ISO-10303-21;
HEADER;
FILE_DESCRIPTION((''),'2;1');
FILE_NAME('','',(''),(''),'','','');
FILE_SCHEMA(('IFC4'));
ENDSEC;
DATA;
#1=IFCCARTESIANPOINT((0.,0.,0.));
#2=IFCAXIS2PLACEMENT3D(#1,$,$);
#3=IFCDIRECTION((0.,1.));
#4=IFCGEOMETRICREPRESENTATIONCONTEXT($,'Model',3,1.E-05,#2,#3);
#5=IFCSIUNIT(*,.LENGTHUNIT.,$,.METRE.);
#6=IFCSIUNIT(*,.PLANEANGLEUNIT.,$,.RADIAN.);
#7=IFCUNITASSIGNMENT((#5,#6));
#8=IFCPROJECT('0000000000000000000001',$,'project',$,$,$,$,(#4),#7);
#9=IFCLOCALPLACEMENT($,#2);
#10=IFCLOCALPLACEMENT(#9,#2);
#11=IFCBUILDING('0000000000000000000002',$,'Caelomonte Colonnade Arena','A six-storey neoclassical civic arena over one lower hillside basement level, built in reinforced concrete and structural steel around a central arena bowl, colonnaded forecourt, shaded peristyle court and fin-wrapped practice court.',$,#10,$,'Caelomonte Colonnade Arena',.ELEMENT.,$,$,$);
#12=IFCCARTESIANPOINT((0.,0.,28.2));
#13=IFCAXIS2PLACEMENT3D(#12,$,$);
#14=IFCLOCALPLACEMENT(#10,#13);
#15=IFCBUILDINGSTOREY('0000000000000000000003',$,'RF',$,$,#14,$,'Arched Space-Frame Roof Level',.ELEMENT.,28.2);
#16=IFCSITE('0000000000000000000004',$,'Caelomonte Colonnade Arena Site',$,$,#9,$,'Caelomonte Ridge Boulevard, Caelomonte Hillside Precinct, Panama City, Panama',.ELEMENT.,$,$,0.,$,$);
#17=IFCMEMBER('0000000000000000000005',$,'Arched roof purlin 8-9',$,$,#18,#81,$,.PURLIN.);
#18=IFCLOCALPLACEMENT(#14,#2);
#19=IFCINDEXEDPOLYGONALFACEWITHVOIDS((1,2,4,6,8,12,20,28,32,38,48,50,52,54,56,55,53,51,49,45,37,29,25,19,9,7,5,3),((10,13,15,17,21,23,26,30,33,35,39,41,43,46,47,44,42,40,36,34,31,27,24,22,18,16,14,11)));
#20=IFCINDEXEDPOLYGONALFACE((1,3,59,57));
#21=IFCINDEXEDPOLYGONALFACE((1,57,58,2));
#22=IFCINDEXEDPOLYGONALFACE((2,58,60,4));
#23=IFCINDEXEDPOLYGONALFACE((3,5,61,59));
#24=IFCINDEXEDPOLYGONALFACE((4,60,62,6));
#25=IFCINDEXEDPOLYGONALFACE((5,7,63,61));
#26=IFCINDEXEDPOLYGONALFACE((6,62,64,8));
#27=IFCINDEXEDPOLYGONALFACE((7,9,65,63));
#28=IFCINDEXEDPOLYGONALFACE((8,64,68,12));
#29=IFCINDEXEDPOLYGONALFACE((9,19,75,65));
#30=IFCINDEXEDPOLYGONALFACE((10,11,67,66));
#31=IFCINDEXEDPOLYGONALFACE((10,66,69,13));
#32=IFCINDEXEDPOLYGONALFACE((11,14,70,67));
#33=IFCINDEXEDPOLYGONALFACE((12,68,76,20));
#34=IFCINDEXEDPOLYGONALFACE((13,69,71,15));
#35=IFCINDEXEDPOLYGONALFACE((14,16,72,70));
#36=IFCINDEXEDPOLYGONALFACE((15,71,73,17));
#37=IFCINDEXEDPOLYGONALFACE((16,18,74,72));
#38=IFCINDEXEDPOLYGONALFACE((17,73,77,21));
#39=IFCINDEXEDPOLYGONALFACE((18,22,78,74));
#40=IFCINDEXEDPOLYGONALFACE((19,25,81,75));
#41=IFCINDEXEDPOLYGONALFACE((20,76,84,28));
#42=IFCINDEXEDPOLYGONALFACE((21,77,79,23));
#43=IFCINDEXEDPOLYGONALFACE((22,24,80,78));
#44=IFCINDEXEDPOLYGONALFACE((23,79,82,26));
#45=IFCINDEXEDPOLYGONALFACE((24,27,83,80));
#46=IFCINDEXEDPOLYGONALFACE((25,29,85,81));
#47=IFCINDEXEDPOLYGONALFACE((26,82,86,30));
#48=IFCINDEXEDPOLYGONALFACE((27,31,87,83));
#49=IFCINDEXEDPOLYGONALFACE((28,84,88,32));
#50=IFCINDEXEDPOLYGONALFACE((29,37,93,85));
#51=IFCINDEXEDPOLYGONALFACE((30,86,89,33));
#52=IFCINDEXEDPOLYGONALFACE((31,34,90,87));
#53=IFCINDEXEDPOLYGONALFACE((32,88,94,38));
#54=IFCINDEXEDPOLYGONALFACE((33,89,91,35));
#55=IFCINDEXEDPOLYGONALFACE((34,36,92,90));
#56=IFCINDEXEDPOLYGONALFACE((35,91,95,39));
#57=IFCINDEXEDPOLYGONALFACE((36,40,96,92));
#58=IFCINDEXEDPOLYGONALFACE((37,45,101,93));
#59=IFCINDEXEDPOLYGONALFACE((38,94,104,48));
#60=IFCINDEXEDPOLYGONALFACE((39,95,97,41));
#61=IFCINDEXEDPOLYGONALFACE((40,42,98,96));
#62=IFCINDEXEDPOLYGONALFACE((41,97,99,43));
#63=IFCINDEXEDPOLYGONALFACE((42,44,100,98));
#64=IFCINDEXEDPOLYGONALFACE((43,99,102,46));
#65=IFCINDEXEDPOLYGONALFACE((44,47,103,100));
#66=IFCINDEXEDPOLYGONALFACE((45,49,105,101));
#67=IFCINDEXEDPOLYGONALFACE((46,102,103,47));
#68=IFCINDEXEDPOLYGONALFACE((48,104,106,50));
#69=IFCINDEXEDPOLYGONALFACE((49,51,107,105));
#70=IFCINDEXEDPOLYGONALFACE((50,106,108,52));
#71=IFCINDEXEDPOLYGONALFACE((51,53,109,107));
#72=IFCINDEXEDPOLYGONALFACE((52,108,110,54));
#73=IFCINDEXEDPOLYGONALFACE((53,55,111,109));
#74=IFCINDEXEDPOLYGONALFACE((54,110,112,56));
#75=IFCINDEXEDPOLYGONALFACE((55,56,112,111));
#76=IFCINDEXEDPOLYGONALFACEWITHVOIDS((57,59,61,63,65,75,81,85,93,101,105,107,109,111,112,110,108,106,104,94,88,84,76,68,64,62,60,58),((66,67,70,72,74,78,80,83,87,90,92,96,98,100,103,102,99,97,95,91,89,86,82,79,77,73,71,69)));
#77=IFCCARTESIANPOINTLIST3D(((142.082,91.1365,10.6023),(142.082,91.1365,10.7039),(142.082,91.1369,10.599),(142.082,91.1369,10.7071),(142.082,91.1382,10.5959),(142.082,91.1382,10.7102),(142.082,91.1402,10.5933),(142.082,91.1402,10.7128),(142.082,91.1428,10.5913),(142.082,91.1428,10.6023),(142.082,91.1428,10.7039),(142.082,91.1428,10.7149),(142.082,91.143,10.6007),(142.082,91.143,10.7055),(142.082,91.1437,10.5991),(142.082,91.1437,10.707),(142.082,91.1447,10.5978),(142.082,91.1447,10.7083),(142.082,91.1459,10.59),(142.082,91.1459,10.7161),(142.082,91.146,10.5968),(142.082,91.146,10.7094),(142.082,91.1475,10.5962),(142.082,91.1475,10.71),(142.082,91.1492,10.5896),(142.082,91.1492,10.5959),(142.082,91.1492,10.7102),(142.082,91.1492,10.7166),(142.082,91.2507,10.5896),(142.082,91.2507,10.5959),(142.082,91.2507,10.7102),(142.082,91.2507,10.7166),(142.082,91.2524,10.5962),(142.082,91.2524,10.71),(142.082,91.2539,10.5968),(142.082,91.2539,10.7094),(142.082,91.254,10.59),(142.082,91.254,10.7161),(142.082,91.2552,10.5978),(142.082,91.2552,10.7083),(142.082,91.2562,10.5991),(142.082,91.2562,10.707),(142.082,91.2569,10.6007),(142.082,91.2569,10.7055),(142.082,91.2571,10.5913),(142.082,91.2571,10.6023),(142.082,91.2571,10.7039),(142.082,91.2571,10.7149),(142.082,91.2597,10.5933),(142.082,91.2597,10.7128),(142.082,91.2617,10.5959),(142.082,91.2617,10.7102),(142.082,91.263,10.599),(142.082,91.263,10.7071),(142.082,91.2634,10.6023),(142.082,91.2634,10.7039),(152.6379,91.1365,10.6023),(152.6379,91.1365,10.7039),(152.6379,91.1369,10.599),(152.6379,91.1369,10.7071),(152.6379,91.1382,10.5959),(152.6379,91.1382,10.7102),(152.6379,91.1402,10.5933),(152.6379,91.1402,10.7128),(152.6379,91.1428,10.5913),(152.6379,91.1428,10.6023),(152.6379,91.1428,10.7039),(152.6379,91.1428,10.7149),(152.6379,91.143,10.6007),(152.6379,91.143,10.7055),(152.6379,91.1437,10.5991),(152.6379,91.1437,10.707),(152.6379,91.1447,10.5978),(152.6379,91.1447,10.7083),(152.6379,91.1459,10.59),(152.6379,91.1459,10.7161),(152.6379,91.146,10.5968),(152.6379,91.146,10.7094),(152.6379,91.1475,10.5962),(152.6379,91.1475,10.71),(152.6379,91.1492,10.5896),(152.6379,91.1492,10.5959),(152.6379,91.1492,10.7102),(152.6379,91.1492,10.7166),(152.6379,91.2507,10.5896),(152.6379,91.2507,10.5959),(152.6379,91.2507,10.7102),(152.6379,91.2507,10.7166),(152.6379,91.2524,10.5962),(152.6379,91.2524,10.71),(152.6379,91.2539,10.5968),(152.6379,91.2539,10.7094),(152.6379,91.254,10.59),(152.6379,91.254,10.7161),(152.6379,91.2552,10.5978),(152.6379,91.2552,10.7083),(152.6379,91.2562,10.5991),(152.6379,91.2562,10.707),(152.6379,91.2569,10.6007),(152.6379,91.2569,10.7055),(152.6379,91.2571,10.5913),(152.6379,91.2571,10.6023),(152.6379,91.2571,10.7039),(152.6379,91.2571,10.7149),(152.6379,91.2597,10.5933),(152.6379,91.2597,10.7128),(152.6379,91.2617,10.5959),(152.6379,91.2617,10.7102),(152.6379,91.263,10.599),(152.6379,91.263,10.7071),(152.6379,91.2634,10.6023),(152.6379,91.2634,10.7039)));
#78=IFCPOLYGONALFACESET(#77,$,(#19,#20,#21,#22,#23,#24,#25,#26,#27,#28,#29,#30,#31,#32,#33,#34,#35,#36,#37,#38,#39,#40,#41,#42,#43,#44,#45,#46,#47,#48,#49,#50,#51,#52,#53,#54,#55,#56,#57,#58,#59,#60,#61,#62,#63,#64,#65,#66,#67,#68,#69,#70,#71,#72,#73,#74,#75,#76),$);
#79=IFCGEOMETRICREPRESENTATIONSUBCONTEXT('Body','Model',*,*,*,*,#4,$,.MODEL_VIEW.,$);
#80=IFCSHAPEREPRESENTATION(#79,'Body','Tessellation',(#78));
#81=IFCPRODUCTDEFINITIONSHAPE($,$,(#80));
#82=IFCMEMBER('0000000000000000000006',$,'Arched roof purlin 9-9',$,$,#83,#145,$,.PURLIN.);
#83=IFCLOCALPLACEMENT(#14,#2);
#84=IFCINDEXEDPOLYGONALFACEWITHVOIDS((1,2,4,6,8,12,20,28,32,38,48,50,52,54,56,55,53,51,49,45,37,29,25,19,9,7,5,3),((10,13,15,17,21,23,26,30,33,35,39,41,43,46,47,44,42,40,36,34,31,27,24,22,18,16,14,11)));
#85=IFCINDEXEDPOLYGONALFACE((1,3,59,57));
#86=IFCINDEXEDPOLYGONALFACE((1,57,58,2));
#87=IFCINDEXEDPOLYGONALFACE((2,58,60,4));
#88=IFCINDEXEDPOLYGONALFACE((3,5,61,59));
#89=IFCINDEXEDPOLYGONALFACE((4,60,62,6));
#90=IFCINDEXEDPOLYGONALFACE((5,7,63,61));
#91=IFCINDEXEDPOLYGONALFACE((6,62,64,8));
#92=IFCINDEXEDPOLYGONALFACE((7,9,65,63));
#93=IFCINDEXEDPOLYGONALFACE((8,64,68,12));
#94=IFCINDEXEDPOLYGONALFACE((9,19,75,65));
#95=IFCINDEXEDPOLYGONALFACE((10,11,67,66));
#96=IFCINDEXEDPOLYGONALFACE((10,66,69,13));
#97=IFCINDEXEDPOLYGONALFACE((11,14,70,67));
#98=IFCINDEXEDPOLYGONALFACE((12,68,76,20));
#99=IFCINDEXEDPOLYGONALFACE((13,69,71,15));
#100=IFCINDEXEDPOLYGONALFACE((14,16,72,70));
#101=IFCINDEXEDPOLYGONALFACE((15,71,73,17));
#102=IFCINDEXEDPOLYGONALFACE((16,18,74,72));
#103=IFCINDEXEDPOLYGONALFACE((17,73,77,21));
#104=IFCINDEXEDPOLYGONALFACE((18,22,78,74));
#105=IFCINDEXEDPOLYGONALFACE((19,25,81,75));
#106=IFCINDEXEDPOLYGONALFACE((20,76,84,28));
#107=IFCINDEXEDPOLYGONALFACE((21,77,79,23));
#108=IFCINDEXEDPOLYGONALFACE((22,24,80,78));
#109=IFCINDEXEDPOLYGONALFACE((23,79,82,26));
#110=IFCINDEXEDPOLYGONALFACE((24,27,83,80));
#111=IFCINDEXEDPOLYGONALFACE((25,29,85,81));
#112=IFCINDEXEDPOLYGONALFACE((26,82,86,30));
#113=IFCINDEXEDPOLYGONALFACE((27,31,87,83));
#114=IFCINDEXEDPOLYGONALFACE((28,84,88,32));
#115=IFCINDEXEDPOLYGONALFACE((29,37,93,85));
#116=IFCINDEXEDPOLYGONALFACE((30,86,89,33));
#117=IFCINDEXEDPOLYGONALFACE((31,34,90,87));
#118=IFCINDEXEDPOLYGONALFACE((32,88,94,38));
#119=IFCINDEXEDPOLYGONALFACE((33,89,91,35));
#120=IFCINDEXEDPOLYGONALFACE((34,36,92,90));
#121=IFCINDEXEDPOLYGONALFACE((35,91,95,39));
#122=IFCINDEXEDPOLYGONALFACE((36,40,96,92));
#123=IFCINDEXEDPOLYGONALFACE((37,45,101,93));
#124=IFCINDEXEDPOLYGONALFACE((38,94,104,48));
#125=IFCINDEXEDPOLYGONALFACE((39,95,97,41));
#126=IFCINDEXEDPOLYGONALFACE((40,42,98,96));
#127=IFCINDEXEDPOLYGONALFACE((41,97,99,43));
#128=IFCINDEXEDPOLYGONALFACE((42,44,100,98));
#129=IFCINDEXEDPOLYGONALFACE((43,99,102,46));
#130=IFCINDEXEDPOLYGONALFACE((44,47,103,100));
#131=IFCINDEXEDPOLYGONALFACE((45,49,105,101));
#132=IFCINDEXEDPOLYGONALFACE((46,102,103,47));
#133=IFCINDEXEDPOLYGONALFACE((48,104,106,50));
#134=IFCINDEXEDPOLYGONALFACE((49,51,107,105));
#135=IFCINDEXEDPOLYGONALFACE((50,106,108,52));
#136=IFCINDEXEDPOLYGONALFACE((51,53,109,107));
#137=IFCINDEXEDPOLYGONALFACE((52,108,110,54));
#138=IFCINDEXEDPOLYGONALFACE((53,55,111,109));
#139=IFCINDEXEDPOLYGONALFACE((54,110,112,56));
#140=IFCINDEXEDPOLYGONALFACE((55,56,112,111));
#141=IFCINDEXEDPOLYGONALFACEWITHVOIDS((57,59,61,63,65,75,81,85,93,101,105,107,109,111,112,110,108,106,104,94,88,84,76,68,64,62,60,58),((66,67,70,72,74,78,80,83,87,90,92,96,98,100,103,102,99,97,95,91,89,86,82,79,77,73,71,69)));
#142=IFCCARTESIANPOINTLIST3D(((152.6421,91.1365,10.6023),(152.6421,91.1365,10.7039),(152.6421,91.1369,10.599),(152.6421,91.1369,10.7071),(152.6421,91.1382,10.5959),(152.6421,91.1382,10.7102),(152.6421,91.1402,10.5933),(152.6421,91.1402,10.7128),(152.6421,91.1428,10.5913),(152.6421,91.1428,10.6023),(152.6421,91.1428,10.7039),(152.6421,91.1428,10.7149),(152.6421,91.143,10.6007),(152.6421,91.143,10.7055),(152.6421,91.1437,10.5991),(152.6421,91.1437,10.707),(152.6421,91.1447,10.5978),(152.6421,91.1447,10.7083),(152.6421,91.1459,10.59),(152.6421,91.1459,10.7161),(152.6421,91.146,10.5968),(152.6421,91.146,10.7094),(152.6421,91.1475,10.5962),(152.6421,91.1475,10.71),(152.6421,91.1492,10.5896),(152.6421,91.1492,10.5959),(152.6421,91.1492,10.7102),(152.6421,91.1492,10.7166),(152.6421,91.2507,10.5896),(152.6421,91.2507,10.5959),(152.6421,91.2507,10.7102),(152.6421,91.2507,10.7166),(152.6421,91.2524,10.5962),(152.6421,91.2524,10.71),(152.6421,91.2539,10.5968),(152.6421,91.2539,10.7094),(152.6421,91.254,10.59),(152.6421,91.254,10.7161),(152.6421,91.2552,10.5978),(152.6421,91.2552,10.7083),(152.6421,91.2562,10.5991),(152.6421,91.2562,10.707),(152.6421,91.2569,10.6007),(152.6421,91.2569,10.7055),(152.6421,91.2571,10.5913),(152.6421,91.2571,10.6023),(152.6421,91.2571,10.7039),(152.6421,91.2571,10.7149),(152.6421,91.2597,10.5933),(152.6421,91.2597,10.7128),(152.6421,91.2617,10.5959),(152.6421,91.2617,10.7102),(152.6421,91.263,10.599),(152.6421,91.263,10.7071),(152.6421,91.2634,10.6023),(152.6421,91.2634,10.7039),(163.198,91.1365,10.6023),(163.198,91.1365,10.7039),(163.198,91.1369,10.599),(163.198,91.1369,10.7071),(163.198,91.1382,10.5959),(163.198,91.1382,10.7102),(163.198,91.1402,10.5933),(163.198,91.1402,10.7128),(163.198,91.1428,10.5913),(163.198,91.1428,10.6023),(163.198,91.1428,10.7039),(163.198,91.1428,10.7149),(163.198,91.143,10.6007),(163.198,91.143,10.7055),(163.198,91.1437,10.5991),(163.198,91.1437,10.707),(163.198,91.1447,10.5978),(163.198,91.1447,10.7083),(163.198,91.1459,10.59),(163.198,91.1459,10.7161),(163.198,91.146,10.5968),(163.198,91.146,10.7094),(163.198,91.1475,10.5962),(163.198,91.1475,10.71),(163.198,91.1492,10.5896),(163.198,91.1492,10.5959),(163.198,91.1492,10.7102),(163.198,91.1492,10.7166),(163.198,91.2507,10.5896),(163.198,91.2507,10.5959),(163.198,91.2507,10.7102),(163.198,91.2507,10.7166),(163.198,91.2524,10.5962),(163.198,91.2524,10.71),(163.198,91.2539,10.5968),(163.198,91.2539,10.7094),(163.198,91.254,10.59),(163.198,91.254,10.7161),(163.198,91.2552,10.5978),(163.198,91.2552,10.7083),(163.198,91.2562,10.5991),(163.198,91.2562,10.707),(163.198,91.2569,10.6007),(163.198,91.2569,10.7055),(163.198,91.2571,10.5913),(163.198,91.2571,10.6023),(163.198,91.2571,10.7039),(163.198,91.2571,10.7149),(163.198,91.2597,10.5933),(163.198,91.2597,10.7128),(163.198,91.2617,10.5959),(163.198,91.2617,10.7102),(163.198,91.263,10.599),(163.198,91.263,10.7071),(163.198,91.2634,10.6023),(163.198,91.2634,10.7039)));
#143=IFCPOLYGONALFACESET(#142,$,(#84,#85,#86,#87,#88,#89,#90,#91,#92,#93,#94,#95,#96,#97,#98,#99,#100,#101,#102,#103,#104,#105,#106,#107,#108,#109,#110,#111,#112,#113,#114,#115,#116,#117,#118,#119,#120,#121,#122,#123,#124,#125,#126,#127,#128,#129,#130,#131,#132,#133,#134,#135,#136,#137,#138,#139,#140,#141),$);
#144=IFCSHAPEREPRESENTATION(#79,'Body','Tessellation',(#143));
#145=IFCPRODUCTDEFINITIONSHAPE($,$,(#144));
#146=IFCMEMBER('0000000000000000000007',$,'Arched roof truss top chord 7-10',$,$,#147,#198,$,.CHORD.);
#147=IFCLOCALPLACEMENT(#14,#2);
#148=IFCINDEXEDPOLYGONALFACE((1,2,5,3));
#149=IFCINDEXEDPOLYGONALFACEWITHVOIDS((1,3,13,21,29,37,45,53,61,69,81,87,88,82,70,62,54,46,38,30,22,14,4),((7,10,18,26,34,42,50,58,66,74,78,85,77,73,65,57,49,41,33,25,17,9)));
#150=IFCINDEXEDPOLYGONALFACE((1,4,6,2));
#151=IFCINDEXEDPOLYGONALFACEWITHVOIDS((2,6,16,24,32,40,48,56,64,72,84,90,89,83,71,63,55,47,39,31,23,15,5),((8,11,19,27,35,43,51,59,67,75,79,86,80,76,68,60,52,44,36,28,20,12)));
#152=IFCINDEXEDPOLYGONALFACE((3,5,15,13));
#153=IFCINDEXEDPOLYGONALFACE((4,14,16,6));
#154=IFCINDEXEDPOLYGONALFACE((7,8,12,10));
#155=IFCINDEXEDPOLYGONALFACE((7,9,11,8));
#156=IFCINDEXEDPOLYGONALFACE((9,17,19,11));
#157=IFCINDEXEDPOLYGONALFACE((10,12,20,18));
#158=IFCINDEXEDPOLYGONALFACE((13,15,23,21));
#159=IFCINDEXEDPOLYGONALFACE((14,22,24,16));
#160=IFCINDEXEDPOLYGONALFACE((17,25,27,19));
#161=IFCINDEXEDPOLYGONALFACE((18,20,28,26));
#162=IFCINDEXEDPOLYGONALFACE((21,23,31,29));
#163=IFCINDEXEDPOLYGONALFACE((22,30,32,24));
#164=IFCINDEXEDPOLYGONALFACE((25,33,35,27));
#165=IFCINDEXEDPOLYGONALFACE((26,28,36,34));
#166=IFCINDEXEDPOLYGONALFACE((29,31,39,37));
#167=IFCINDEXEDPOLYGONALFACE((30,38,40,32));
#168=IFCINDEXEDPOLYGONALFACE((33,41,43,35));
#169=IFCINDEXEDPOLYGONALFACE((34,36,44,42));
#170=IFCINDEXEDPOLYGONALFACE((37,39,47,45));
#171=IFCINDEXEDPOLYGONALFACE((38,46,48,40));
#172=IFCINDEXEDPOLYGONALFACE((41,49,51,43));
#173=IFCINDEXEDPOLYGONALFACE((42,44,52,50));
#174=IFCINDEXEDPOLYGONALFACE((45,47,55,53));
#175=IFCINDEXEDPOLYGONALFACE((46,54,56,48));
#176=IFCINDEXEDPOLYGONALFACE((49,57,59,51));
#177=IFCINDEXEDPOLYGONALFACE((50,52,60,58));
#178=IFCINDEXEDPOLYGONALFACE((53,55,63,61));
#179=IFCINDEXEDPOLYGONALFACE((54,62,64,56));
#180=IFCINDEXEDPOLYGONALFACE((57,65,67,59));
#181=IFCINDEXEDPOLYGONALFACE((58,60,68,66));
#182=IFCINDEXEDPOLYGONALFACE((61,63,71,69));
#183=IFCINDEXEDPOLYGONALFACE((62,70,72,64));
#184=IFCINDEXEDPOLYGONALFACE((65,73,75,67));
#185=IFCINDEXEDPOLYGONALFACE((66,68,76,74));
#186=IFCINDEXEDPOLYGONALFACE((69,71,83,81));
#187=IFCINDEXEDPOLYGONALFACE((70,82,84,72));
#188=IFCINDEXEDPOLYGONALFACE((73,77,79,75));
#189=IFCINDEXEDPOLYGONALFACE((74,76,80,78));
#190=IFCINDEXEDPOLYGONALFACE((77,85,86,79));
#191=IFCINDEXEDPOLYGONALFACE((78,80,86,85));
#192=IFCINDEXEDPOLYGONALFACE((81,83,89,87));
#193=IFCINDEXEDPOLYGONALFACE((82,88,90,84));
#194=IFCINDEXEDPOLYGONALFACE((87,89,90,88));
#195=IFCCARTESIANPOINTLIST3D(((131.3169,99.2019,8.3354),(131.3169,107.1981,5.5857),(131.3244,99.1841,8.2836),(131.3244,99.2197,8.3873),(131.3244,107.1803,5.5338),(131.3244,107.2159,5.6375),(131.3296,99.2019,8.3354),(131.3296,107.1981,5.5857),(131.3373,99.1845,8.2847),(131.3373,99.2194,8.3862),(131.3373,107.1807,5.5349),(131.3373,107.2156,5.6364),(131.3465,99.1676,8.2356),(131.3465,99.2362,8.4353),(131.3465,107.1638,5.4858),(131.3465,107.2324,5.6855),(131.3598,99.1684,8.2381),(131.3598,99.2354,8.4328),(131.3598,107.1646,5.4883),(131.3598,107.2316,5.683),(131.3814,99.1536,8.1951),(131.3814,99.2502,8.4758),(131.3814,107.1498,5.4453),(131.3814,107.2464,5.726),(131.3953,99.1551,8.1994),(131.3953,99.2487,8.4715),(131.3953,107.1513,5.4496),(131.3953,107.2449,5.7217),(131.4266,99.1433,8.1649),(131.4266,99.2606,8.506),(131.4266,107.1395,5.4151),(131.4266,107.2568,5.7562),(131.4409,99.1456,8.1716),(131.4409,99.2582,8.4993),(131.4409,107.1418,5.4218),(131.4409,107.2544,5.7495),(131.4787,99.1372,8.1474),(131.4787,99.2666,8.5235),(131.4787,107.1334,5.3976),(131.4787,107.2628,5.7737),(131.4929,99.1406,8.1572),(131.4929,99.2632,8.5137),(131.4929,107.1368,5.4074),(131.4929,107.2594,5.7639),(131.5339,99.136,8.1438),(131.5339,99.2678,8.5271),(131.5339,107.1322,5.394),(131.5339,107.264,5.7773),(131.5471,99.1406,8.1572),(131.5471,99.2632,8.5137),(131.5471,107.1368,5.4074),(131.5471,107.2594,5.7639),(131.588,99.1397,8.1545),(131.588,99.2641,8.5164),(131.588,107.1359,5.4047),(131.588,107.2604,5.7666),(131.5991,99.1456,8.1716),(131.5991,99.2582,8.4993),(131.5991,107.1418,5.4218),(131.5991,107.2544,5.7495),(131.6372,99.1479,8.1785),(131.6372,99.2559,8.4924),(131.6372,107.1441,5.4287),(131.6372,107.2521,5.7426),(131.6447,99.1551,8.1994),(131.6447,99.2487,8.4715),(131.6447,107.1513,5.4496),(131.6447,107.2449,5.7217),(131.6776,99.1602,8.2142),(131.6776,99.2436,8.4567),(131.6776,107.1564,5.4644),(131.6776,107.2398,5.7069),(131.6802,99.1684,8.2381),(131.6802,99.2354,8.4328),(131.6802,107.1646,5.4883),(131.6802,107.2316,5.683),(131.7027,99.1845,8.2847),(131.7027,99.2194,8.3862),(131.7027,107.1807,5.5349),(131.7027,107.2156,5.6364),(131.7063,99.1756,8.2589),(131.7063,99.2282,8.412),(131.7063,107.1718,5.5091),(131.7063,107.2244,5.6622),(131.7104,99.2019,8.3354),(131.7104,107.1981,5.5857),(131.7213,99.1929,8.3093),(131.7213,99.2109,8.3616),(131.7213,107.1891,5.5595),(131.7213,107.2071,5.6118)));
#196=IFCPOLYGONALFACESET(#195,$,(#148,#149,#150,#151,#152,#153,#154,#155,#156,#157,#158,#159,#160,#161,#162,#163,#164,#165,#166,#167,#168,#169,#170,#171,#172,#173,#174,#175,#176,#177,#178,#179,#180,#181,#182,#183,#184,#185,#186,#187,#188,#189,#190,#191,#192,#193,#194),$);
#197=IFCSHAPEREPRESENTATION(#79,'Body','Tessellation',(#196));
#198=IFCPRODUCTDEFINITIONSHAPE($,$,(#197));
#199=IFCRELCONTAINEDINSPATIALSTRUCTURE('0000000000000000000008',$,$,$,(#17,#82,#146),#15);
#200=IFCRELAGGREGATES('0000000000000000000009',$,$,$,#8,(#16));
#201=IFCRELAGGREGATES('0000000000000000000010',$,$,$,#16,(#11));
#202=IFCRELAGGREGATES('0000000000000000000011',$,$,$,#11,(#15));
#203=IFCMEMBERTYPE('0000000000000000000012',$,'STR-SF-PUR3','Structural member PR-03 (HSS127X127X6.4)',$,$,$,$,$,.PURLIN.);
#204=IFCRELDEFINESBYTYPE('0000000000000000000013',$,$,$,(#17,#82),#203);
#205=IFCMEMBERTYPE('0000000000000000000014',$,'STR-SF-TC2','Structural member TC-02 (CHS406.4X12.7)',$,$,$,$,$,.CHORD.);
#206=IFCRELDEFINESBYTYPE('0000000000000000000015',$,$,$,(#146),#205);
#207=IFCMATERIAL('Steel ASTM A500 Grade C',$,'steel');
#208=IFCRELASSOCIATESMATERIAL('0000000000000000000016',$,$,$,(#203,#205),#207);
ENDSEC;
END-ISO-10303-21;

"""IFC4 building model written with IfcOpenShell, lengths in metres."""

from ifc_helpers import new_model, si_unit, direction, frame, origin, origin_2d, place, context, subcontext, project, spatial, hollow_rectangle, hollow_circle, extrude, material, material_profile, profile_set, type_object, element, save


model = new_model("IFC4")

# Units and contexts
model_context = context("Model", 3, precision=1e-05, world=origin(), true_north=direction((0.0, 1.0)))
body_context = subcontext(model_context, "Body", "Model", "MODEL_VIEW")
ifc_project = project(units=[si_unit("LENGTHUNIT", "METRE"), si_unit("PLANEANGLEUNIT", "RADIAN")], contexts=[model_context])

# Site, building, storey
site_placement = place(None, origin())
site = spatial("IfcSite", under=ifc_project, at=site_placement, Name="Caelomonte Colonnade Arena Site", LongName="Caelomonte Ridge Boulevard, Caelomonte Hillside Precinct, Panama City, Panama", CompositionType="ELEMENT", RefElevation=0.0)
building_placement = place(site_placement, origin())
building = spatial("IfcBuilding", under=site, at=building_placement, Name="Caelomonte Colonnade Arena", Description="A six-storey neoclassical civic arena over one lower hillside basement level, built in reinforced concrete and structural steel around a central arena bowl, colonnaded forecourt, shaded peristyle court and fin-wrapped practice court.", LongName="Caelomonte Colonnade Arena", CompositionType="ELEMENT")
storey_placement = place(building_placement, frame((0.0, 0.0, 28.2)))
storey = spatial("IfcBuildingStorey", under=building, at=storey_placement, Name="RF", LongName="Arched Space-Frame Roof Level", CompositionType="ELEMENT", Elevation=28.2)

# Members
ifc_material_1 = material(Name="Steel ASTM A500 Grade C", Category="steel")
ifc_material_profile_1 = material_profile(ifc_material_1, hollow_rectangle(XDim=0.127, YDim=0.127, WallThickness=0.0063, InnerFilletRadius=0.0063, OuterFilletRadius=0.0127, at=origin_2d()), Name="HSS127X127X6.4")
ifc_profile_set_1 = profile_set([ifc_material_profile_1], Name="Steel ASTM A500 Grade C")
member_type_1 = type_object("IfcMemberType", Name="STR-SF-PUR3", Description="Structural member PR-03 (HSS127X127X6.4)", PredefinedType="PURLIN", material=ifc_profile_set_1)
for number, where, z_axis, x_axis, name in (
    (1, (142.082, 91.2, 10.6531), (1.0, 0.0, 0.0), (0.0, 1.0, 0.0), "Arched roof purlin 8-9"),
    (2, (152.6421, 91.2, 10.6531), (1.0, 0.0, 0.0), (0.0, 1.0, 0.0), "Arched roof purlin 9-9"),
):
    element("IfcMember", number, at=place(storey_placement, frame(where, z_axis=z_axis, x_axis=x_axis)), inside=storey, type_object=member_type_1, Name=name, PredefinedType="PURLIN", context=body_context, shape_type="SweptSolid", body=[
        extrude(hollow_rectangle(XDim=0.127, YDim=0.127, WallThickness=0.0063, InnerFilletRadius=0.0063, OuterFilletRadius=0.0127, at=origin_2d()), origin(), (0.0, 0.0, 1.0), 10.5559),
    ])
ifc_material_profile_2 = material_profile(ifc_material_1, hollow_circle(Radius=0.2031, WallThickness=0.0127, at=origin_2d()), Name="CHS406.4X12.7")
ifc_profile_set_2 = profile_set([ifc_material_profile_2], Name="Steel ASTM A500 Grade C")
member_type_2 = type_object("IfcMemberType", Name="STR-SF-TC2", Description="Structural member TC-02 (CHS406.4X12.7)", PredefinedType="CHORD", material=ifc_profile_set_2)
member_1_placement = place(storey_placement, frame((131.52, 99.2019, 8.3354), z_axis=(0.0, 0.945647, -0.325196), x_axis=(-1.0, 0.0, 0.0)))
element("IfcMember", 3, at=member_1_placement, inside=storey, type_object=member_type_2, Name="Arched roof truss top chord 7-10", PredefinedType="CHORD", context=body_context, shape_type="SweptSolid", body=[
    extrude(hollow_circle(Radius=0.2031, WallThickness=0.0127, at=origin_2d()), origin(), (0.0, 0.0, 1.0), 8.4558),
])

save(model, "model.ifc")
